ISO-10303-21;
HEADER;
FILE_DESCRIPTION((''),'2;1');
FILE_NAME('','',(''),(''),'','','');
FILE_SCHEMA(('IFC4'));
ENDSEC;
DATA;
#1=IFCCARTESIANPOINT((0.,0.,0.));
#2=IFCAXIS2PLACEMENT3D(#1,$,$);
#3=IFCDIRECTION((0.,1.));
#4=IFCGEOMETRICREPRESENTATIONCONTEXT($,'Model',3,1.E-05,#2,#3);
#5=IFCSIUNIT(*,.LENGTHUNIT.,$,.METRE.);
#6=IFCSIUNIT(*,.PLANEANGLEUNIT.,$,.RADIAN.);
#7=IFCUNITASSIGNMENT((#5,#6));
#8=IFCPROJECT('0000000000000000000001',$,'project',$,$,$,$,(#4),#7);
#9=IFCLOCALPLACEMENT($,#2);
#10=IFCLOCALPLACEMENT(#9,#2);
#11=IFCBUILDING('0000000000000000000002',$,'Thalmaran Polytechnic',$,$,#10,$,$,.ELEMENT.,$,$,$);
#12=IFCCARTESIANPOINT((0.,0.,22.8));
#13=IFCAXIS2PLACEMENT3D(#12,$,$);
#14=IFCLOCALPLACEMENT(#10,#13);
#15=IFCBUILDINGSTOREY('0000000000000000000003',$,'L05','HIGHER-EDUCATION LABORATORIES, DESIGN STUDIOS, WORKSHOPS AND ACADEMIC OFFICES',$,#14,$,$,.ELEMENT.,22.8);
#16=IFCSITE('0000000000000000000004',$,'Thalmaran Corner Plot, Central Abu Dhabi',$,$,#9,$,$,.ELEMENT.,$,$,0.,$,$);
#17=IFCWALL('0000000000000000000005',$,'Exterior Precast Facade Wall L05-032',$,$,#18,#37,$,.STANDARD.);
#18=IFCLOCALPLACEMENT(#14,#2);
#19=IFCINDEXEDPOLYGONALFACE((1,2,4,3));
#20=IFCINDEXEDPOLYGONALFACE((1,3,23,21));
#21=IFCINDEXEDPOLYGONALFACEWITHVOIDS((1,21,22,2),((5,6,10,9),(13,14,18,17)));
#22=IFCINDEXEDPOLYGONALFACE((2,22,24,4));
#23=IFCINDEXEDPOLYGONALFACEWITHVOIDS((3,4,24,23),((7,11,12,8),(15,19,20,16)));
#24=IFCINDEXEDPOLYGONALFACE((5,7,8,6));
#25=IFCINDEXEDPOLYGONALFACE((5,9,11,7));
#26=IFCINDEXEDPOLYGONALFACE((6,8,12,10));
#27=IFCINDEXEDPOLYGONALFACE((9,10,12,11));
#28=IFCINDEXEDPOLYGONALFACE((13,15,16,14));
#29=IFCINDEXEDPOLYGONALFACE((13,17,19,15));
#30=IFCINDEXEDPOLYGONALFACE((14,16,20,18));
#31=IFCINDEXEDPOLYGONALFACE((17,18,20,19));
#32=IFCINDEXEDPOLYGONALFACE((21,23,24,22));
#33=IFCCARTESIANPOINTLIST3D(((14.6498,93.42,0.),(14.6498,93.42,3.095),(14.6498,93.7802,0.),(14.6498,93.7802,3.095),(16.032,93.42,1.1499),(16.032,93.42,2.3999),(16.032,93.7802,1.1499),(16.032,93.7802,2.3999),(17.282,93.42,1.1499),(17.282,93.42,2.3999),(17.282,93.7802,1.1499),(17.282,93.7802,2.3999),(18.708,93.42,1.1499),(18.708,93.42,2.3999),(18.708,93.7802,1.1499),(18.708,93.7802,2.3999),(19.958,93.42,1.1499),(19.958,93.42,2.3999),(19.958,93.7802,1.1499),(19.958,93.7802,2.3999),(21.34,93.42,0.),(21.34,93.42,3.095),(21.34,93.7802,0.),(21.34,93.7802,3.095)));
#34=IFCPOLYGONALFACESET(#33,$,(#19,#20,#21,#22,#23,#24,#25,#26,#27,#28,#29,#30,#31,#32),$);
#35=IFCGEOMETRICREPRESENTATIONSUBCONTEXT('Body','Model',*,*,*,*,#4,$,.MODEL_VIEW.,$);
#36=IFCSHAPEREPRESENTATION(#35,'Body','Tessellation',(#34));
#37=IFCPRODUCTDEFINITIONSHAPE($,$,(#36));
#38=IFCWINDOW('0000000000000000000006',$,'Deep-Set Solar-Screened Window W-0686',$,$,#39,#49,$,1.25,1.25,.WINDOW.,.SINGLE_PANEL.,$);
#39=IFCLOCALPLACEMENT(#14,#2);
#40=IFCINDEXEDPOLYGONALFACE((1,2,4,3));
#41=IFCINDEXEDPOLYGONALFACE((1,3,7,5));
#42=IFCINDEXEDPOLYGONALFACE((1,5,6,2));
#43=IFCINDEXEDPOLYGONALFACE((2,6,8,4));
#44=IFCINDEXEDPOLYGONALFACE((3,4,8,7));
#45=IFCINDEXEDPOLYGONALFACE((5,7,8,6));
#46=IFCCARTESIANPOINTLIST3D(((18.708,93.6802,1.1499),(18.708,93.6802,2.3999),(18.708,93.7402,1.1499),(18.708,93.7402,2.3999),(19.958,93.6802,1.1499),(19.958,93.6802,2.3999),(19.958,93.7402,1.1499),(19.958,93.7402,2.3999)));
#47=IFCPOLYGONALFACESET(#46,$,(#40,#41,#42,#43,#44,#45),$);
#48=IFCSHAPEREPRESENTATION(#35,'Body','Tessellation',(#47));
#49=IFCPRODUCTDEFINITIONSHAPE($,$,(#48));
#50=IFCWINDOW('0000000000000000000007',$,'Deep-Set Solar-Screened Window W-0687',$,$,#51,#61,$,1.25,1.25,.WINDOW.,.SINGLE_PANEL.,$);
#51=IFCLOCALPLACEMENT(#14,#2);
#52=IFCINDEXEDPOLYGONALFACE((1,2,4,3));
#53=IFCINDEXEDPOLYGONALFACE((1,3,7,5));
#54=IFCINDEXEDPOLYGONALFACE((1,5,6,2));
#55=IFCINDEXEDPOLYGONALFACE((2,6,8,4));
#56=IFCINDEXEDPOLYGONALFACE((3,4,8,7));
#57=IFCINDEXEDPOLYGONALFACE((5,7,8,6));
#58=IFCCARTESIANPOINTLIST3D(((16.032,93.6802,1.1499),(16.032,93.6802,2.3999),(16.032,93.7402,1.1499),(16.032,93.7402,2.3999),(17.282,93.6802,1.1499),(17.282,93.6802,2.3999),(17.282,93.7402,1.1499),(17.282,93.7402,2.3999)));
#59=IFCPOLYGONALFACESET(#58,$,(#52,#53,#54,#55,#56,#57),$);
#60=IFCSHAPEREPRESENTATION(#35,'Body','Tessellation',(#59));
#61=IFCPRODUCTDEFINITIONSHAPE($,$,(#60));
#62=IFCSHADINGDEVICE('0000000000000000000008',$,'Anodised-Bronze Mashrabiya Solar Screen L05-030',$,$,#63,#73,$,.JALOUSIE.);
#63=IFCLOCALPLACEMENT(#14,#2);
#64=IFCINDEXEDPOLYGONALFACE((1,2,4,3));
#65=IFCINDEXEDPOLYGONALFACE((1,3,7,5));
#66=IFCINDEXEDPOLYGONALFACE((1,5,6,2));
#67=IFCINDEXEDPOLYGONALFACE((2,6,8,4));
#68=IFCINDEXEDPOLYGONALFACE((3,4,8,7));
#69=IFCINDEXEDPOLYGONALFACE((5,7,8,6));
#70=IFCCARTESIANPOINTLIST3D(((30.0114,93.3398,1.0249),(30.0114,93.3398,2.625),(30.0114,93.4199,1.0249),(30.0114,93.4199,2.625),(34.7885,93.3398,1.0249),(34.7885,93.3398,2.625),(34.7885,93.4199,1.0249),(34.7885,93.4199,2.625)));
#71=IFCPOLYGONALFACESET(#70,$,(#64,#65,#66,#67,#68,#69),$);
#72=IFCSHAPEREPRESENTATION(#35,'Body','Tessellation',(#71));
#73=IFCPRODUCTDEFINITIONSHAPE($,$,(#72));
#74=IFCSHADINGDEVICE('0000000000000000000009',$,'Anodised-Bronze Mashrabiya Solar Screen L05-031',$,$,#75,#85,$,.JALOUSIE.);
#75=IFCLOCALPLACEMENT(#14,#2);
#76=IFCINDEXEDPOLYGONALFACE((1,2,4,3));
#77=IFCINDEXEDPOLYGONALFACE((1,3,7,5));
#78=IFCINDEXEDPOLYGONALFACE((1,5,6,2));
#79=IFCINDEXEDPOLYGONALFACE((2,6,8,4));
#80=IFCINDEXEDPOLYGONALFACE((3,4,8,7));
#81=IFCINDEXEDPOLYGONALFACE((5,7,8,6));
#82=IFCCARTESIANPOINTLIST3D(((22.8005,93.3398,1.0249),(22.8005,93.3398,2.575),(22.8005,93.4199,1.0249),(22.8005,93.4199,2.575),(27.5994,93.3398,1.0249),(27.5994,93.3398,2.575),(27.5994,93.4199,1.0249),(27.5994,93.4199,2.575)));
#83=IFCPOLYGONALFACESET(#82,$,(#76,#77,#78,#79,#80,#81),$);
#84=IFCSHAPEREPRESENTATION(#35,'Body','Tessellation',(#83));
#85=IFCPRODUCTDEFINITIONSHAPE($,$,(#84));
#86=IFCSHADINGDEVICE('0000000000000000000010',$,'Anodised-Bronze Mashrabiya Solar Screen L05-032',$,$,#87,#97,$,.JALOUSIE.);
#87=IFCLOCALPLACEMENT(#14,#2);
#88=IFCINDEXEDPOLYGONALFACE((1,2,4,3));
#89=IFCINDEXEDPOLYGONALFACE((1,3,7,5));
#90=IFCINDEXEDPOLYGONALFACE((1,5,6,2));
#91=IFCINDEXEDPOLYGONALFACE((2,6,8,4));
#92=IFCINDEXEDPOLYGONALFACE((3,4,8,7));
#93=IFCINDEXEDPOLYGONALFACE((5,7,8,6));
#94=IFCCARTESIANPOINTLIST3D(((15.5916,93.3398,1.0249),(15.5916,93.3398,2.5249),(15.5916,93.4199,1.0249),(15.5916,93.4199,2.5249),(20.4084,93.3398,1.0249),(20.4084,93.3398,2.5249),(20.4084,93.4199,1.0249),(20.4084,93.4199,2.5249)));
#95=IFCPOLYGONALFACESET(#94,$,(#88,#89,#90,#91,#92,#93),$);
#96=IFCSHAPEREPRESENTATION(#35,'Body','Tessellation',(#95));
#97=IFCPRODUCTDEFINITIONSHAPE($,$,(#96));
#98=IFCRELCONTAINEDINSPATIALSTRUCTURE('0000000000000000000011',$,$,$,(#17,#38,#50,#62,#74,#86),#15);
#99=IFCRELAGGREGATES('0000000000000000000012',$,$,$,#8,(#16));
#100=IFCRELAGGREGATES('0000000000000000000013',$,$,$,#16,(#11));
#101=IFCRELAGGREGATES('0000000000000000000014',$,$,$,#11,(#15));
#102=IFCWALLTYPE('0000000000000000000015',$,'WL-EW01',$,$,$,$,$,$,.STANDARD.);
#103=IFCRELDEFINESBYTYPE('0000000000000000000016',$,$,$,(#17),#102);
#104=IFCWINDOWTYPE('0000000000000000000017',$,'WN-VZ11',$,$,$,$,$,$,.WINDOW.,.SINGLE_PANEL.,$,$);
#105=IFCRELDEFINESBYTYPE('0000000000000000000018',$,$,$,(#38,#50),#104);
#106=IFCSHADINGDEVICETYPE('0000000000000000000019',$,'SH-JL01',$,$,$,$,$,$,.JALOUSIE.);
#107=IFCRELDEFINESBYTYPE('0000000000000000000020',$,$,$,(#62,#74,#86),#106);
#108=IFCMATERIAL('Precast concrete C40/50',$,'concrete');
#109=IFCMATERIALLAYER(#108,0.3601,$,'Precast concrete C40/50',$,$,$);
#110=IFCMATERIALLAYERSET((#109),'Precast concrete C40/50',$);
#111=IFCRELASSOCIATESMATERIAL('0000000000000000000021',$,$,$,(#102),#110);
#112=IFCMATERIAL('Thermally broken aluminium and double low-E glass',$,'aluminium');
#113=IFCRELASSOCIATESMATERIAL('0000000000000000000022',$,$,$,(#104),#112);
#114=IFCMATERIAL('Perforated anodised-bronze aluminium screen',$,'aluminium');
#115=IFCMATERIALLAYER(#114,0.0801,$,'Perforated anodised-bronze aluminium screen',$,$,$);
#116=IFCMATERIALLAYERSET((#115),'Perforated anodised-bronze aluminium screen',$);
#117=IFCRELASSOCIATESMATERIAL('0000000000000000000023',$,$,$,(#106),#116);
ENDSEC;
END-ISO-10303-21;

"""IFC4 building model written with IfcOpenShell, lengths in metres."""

from ifc_helpers import new_model, si_unit, direction, frame, frame_2d, origin, origin_2d, place, context, subcontext, project, spatial, rectangle, extrude, material, layer, layer_set, type_object, element, fill, save


model = new_model("IFC4")

# Units and contexts
model_context = context("Model", 3, precision=1e-05, world=origin(), true_north=direction((0.0, 1.0)))
body_context = subcontext(model_context, "Body", "Model", "MODEL_VIEW")
ifc_project = project(units=[si_unit("LENGTHUNIT", "METRE"), si_unit("PLANEANGLEUNIT", "RADIAN")], contexts=[model_context])

# Site, building, storey
site_placement = place(None, origin())
site = spatial("IfcSite", under=ifc_project, at=site_placement, Name="Thalmaran Corner Plot, Central Abu Dhabi", CompositionType="ELEMENT", RefElevation=0.0)
building_placement = place(site_placement, origin())
building = spatial("IfcBuilding", under=site, at=building_placement, Name="Thalmaran Polytechnic", CompositionType="ELEMENT")
storey_placement = place(building_placement, frame((0.0, 0.0, 22.8)))
storey = spatial("IfcBuildingStorey", under=building, at=storey_placement, Name="L05", Description="HIGHER-EDUCATION LABORATORIES, DESIGN STUDIOS, WORKSHOPS AND ACADEMIC OFFICES", CompositionType="ELEMENT", Elevation=22.8)

# Wall, openings, windows
ifc_material_1 = material(Name="Precast concrete C40/50", Category="concrete")
ifc_layer_1 = layer(ifc_material_1, 0.3601, Name="Precast concrete C40/50")
ifc_layer_set_1 = layer_set([ifc_layer_1], Name="Precast concrete C40/50")
wall_type = type_object("IfcWallType", Name="WL-EW01", PredefinedType="STANDARD", material=ifc_layer_set_1)
ifc_material_2 = material(Name="Thermally broken aluminium and double low-E glass", Category="aluminium")
wall_1_placement = place(storey_placement, frame((21.3401, 93.6001, 0.0), z_axis=(0.0, 0.0, 1.0), x_axis=(-1.0, 0.0, 0.0)))
wall_1 = element("IfcWall", 1, at=wall_1_placement, inside=storey, type_object=wall_type, Name="Exterior Precast Facade Wall L05-032", PredefinedType="STANDARD", context=body_context, shape_type="SweptSolid", body=[
    extrude(rectangle(XDim=6.6902, YDim=0.3601, at=frame_2d((3.3452, 0.0))), origin(), (0.0, 0.0, 1.0), 3.095),
])
opening_1_placement = place(wall_1_placement, frame((1.3821, 0.0, 1.1499)))
opening_1 = element("IfcOpeningElement", 2, at=opening_1_placement, cuts=wall_1, PredefinedType="OPENING", context=body_context, shape_type="SweptSolid", body=[
    extrude(rectangle(XDim=1.25, YDim=1.25, at=frame_2d((0.625, 0.625))), frame((0.0, 0.1899, 0.0), z_axis=(0.0, -1.0, 0.0), x_axis=(1.0, 0.0, 0.0)), (0.0, 0.0, 1.0), 0.3801),
])
opening_2_placement = place(wall_1_placement, frame((4.0581, 0.0, 1.1499)))
opening_2 = element("IfcOpeningElement", 3, at=opening_2_placement, cuts=wall_1, PredefinedType="OPENING", context=body_context, shape_type="SweptSolid", body=[
    extrude(rectangle(XDim=1.25, YDim=1.25, at=frame_2d((0.625, 0.625))), frame((0.0, 0.1899, 0.0), z_axis=(0.0, -1.0, 0.0), x_axis=(1.0, 0.0, 0.0)), (0.0, 0.0, 1.0), 0.3801),
])
window_type_1 = type_object("IfcWindowType", Name="WN-VZ11", PartitioningType="SINGLE_PANEL", PredefinedType="WINDOW", material=ifc_material_2)
window_1_placement = place(opening_1_placement, origin())
window_1 = element("IfcWindow", 4, at=window_1_placement, inside=storey, type_object=window_type_1, Name="Deep-Set Solar-Screened Window W-0686", OverallHeight=1.25, OverallWidth=1.25, PartitioningType="SINGLE_PANEL", PredefinedType="WINDOW", context=body_context, shape_type="SweptSolid", body=[
    extrude(rectangle(XDim=1.25, YDim=1.25, at=frame_2d((0.625, 0.625))), frame((0.0, -0.0801, 0.0), z_axis=(0.0, -1.0, 0.0), x_axis=(1.0, 0.0, 0.0)), (0.0, 0.0, 1.0), 0.0601),
])
fill(opening_1, window_1)
window_2_placement = place(opening_2_placement, origin())
window_2 = element("IfcWindow", 5, at=window_2_placement, inside=storey, type_object=window_type_1, Name="Deep-Set Solar-Screened Window W-0687", OverallHeight=1.25, OverallWidth=1.25, PartitioningType="SINGLE_PANEL", PredefinedType="WINDOW", context=body_context, shape_type="SweptSolid", body=[
    extrude(rectangle(XDim=1.25, YDim=1.25, at=frame_2d((0.625, 0.625))), frame((0.0, -0.0801, 0.0), z_axis=(0.0, -1.0, 0.0), x_axis=(1.0, 0.0, 0.0)), (0.0, 0.0, 1.0), 0.0601),
])
fill(opening_2, window_2)

# Shading devices
ifc_material_3 = material(Name="Perforated anodised-bronze aluminium screen", Category="aluminium")
ifc_layer_2 = layer(ifc_material_3, 0.0801, Name="Perforated anodised-bronze aluminium screen")
ifc_layer_set_2 = layer_set([ifc_layer_2], Name="Perforated anodised-bronze aluminium screen")
shading_device_type = type_object("IfcShadingDeviceType", Name="SH-JL01", PredefinedType="JALOUSIE", material=ifc_layer_set_2)
shading_device_1_placement = place(storey_placement, frame((32.3999, 93.3799, 1.0249), z_axis=(0.0, 0.0, 1.0), x_axis=(-1.0, 0.0, 0.0)))
element("IfcShadingDevice", 6, at=shading_device_1_placement, inside=storey, type_object=shading_device_type, Name="Anodised-Bronze Mashrabiya Solar Screen L05-030", PredefinedType="JALOUSIE", context=body_context, shape_type="SweptSolid", body=[
    extrude(rectangle(XDim=4.7771, YDim=0.0801, at=origin_2d()), origin(), (0.0, 0.0, 1.0), 1.6001),
])
shading_device_2_placement = place(storey_placement, frame((25.2, 93.3799, 1.0249), z_axis=(0.0, 0.0, 1.0), x_axis=(-1.0, 0.0, 0.0)))
element("IfcShadingDevice", 7, at=shading_device_2_placement, inside=storey, type_object=shading_device_type, Name="Anodised-Bronze Mashrabiya Solar Screen L05-031", PredefinedType="JALOUSIE", context=body_context, shape_type="SweptSolid", body=[
    extrude(rectangle(XDim=4.7988, YDim=0.0801, at=origin_2d()), origin(), (0.0, 0.0, 1.0), 1.55),
])
shading_device_3_placement = place(storey_placement, frame((18.0, 93.3799, 1.0249), z_axis=(0.0, 0.0, 1.0), x_axis=(-1.0, 0.0, 0.0)))
element("IfcShadingDevice", 8, at=shading_device_3_placement, inside=storey, type_object=shading_device_type, Name="Anodised-Bronze Mashrabiya Solar Screen L05-032", PredefinedType="JALOUSIE", context=body_context, shape_type="SweptSolid", body=[
    extrude(rectangle(XDim=4.8169, YDim=0.0801, at=origin_2d()), origin(), (0.0, 0.0, 1.0), 1.5),
])

save(model, "model.ifc")
